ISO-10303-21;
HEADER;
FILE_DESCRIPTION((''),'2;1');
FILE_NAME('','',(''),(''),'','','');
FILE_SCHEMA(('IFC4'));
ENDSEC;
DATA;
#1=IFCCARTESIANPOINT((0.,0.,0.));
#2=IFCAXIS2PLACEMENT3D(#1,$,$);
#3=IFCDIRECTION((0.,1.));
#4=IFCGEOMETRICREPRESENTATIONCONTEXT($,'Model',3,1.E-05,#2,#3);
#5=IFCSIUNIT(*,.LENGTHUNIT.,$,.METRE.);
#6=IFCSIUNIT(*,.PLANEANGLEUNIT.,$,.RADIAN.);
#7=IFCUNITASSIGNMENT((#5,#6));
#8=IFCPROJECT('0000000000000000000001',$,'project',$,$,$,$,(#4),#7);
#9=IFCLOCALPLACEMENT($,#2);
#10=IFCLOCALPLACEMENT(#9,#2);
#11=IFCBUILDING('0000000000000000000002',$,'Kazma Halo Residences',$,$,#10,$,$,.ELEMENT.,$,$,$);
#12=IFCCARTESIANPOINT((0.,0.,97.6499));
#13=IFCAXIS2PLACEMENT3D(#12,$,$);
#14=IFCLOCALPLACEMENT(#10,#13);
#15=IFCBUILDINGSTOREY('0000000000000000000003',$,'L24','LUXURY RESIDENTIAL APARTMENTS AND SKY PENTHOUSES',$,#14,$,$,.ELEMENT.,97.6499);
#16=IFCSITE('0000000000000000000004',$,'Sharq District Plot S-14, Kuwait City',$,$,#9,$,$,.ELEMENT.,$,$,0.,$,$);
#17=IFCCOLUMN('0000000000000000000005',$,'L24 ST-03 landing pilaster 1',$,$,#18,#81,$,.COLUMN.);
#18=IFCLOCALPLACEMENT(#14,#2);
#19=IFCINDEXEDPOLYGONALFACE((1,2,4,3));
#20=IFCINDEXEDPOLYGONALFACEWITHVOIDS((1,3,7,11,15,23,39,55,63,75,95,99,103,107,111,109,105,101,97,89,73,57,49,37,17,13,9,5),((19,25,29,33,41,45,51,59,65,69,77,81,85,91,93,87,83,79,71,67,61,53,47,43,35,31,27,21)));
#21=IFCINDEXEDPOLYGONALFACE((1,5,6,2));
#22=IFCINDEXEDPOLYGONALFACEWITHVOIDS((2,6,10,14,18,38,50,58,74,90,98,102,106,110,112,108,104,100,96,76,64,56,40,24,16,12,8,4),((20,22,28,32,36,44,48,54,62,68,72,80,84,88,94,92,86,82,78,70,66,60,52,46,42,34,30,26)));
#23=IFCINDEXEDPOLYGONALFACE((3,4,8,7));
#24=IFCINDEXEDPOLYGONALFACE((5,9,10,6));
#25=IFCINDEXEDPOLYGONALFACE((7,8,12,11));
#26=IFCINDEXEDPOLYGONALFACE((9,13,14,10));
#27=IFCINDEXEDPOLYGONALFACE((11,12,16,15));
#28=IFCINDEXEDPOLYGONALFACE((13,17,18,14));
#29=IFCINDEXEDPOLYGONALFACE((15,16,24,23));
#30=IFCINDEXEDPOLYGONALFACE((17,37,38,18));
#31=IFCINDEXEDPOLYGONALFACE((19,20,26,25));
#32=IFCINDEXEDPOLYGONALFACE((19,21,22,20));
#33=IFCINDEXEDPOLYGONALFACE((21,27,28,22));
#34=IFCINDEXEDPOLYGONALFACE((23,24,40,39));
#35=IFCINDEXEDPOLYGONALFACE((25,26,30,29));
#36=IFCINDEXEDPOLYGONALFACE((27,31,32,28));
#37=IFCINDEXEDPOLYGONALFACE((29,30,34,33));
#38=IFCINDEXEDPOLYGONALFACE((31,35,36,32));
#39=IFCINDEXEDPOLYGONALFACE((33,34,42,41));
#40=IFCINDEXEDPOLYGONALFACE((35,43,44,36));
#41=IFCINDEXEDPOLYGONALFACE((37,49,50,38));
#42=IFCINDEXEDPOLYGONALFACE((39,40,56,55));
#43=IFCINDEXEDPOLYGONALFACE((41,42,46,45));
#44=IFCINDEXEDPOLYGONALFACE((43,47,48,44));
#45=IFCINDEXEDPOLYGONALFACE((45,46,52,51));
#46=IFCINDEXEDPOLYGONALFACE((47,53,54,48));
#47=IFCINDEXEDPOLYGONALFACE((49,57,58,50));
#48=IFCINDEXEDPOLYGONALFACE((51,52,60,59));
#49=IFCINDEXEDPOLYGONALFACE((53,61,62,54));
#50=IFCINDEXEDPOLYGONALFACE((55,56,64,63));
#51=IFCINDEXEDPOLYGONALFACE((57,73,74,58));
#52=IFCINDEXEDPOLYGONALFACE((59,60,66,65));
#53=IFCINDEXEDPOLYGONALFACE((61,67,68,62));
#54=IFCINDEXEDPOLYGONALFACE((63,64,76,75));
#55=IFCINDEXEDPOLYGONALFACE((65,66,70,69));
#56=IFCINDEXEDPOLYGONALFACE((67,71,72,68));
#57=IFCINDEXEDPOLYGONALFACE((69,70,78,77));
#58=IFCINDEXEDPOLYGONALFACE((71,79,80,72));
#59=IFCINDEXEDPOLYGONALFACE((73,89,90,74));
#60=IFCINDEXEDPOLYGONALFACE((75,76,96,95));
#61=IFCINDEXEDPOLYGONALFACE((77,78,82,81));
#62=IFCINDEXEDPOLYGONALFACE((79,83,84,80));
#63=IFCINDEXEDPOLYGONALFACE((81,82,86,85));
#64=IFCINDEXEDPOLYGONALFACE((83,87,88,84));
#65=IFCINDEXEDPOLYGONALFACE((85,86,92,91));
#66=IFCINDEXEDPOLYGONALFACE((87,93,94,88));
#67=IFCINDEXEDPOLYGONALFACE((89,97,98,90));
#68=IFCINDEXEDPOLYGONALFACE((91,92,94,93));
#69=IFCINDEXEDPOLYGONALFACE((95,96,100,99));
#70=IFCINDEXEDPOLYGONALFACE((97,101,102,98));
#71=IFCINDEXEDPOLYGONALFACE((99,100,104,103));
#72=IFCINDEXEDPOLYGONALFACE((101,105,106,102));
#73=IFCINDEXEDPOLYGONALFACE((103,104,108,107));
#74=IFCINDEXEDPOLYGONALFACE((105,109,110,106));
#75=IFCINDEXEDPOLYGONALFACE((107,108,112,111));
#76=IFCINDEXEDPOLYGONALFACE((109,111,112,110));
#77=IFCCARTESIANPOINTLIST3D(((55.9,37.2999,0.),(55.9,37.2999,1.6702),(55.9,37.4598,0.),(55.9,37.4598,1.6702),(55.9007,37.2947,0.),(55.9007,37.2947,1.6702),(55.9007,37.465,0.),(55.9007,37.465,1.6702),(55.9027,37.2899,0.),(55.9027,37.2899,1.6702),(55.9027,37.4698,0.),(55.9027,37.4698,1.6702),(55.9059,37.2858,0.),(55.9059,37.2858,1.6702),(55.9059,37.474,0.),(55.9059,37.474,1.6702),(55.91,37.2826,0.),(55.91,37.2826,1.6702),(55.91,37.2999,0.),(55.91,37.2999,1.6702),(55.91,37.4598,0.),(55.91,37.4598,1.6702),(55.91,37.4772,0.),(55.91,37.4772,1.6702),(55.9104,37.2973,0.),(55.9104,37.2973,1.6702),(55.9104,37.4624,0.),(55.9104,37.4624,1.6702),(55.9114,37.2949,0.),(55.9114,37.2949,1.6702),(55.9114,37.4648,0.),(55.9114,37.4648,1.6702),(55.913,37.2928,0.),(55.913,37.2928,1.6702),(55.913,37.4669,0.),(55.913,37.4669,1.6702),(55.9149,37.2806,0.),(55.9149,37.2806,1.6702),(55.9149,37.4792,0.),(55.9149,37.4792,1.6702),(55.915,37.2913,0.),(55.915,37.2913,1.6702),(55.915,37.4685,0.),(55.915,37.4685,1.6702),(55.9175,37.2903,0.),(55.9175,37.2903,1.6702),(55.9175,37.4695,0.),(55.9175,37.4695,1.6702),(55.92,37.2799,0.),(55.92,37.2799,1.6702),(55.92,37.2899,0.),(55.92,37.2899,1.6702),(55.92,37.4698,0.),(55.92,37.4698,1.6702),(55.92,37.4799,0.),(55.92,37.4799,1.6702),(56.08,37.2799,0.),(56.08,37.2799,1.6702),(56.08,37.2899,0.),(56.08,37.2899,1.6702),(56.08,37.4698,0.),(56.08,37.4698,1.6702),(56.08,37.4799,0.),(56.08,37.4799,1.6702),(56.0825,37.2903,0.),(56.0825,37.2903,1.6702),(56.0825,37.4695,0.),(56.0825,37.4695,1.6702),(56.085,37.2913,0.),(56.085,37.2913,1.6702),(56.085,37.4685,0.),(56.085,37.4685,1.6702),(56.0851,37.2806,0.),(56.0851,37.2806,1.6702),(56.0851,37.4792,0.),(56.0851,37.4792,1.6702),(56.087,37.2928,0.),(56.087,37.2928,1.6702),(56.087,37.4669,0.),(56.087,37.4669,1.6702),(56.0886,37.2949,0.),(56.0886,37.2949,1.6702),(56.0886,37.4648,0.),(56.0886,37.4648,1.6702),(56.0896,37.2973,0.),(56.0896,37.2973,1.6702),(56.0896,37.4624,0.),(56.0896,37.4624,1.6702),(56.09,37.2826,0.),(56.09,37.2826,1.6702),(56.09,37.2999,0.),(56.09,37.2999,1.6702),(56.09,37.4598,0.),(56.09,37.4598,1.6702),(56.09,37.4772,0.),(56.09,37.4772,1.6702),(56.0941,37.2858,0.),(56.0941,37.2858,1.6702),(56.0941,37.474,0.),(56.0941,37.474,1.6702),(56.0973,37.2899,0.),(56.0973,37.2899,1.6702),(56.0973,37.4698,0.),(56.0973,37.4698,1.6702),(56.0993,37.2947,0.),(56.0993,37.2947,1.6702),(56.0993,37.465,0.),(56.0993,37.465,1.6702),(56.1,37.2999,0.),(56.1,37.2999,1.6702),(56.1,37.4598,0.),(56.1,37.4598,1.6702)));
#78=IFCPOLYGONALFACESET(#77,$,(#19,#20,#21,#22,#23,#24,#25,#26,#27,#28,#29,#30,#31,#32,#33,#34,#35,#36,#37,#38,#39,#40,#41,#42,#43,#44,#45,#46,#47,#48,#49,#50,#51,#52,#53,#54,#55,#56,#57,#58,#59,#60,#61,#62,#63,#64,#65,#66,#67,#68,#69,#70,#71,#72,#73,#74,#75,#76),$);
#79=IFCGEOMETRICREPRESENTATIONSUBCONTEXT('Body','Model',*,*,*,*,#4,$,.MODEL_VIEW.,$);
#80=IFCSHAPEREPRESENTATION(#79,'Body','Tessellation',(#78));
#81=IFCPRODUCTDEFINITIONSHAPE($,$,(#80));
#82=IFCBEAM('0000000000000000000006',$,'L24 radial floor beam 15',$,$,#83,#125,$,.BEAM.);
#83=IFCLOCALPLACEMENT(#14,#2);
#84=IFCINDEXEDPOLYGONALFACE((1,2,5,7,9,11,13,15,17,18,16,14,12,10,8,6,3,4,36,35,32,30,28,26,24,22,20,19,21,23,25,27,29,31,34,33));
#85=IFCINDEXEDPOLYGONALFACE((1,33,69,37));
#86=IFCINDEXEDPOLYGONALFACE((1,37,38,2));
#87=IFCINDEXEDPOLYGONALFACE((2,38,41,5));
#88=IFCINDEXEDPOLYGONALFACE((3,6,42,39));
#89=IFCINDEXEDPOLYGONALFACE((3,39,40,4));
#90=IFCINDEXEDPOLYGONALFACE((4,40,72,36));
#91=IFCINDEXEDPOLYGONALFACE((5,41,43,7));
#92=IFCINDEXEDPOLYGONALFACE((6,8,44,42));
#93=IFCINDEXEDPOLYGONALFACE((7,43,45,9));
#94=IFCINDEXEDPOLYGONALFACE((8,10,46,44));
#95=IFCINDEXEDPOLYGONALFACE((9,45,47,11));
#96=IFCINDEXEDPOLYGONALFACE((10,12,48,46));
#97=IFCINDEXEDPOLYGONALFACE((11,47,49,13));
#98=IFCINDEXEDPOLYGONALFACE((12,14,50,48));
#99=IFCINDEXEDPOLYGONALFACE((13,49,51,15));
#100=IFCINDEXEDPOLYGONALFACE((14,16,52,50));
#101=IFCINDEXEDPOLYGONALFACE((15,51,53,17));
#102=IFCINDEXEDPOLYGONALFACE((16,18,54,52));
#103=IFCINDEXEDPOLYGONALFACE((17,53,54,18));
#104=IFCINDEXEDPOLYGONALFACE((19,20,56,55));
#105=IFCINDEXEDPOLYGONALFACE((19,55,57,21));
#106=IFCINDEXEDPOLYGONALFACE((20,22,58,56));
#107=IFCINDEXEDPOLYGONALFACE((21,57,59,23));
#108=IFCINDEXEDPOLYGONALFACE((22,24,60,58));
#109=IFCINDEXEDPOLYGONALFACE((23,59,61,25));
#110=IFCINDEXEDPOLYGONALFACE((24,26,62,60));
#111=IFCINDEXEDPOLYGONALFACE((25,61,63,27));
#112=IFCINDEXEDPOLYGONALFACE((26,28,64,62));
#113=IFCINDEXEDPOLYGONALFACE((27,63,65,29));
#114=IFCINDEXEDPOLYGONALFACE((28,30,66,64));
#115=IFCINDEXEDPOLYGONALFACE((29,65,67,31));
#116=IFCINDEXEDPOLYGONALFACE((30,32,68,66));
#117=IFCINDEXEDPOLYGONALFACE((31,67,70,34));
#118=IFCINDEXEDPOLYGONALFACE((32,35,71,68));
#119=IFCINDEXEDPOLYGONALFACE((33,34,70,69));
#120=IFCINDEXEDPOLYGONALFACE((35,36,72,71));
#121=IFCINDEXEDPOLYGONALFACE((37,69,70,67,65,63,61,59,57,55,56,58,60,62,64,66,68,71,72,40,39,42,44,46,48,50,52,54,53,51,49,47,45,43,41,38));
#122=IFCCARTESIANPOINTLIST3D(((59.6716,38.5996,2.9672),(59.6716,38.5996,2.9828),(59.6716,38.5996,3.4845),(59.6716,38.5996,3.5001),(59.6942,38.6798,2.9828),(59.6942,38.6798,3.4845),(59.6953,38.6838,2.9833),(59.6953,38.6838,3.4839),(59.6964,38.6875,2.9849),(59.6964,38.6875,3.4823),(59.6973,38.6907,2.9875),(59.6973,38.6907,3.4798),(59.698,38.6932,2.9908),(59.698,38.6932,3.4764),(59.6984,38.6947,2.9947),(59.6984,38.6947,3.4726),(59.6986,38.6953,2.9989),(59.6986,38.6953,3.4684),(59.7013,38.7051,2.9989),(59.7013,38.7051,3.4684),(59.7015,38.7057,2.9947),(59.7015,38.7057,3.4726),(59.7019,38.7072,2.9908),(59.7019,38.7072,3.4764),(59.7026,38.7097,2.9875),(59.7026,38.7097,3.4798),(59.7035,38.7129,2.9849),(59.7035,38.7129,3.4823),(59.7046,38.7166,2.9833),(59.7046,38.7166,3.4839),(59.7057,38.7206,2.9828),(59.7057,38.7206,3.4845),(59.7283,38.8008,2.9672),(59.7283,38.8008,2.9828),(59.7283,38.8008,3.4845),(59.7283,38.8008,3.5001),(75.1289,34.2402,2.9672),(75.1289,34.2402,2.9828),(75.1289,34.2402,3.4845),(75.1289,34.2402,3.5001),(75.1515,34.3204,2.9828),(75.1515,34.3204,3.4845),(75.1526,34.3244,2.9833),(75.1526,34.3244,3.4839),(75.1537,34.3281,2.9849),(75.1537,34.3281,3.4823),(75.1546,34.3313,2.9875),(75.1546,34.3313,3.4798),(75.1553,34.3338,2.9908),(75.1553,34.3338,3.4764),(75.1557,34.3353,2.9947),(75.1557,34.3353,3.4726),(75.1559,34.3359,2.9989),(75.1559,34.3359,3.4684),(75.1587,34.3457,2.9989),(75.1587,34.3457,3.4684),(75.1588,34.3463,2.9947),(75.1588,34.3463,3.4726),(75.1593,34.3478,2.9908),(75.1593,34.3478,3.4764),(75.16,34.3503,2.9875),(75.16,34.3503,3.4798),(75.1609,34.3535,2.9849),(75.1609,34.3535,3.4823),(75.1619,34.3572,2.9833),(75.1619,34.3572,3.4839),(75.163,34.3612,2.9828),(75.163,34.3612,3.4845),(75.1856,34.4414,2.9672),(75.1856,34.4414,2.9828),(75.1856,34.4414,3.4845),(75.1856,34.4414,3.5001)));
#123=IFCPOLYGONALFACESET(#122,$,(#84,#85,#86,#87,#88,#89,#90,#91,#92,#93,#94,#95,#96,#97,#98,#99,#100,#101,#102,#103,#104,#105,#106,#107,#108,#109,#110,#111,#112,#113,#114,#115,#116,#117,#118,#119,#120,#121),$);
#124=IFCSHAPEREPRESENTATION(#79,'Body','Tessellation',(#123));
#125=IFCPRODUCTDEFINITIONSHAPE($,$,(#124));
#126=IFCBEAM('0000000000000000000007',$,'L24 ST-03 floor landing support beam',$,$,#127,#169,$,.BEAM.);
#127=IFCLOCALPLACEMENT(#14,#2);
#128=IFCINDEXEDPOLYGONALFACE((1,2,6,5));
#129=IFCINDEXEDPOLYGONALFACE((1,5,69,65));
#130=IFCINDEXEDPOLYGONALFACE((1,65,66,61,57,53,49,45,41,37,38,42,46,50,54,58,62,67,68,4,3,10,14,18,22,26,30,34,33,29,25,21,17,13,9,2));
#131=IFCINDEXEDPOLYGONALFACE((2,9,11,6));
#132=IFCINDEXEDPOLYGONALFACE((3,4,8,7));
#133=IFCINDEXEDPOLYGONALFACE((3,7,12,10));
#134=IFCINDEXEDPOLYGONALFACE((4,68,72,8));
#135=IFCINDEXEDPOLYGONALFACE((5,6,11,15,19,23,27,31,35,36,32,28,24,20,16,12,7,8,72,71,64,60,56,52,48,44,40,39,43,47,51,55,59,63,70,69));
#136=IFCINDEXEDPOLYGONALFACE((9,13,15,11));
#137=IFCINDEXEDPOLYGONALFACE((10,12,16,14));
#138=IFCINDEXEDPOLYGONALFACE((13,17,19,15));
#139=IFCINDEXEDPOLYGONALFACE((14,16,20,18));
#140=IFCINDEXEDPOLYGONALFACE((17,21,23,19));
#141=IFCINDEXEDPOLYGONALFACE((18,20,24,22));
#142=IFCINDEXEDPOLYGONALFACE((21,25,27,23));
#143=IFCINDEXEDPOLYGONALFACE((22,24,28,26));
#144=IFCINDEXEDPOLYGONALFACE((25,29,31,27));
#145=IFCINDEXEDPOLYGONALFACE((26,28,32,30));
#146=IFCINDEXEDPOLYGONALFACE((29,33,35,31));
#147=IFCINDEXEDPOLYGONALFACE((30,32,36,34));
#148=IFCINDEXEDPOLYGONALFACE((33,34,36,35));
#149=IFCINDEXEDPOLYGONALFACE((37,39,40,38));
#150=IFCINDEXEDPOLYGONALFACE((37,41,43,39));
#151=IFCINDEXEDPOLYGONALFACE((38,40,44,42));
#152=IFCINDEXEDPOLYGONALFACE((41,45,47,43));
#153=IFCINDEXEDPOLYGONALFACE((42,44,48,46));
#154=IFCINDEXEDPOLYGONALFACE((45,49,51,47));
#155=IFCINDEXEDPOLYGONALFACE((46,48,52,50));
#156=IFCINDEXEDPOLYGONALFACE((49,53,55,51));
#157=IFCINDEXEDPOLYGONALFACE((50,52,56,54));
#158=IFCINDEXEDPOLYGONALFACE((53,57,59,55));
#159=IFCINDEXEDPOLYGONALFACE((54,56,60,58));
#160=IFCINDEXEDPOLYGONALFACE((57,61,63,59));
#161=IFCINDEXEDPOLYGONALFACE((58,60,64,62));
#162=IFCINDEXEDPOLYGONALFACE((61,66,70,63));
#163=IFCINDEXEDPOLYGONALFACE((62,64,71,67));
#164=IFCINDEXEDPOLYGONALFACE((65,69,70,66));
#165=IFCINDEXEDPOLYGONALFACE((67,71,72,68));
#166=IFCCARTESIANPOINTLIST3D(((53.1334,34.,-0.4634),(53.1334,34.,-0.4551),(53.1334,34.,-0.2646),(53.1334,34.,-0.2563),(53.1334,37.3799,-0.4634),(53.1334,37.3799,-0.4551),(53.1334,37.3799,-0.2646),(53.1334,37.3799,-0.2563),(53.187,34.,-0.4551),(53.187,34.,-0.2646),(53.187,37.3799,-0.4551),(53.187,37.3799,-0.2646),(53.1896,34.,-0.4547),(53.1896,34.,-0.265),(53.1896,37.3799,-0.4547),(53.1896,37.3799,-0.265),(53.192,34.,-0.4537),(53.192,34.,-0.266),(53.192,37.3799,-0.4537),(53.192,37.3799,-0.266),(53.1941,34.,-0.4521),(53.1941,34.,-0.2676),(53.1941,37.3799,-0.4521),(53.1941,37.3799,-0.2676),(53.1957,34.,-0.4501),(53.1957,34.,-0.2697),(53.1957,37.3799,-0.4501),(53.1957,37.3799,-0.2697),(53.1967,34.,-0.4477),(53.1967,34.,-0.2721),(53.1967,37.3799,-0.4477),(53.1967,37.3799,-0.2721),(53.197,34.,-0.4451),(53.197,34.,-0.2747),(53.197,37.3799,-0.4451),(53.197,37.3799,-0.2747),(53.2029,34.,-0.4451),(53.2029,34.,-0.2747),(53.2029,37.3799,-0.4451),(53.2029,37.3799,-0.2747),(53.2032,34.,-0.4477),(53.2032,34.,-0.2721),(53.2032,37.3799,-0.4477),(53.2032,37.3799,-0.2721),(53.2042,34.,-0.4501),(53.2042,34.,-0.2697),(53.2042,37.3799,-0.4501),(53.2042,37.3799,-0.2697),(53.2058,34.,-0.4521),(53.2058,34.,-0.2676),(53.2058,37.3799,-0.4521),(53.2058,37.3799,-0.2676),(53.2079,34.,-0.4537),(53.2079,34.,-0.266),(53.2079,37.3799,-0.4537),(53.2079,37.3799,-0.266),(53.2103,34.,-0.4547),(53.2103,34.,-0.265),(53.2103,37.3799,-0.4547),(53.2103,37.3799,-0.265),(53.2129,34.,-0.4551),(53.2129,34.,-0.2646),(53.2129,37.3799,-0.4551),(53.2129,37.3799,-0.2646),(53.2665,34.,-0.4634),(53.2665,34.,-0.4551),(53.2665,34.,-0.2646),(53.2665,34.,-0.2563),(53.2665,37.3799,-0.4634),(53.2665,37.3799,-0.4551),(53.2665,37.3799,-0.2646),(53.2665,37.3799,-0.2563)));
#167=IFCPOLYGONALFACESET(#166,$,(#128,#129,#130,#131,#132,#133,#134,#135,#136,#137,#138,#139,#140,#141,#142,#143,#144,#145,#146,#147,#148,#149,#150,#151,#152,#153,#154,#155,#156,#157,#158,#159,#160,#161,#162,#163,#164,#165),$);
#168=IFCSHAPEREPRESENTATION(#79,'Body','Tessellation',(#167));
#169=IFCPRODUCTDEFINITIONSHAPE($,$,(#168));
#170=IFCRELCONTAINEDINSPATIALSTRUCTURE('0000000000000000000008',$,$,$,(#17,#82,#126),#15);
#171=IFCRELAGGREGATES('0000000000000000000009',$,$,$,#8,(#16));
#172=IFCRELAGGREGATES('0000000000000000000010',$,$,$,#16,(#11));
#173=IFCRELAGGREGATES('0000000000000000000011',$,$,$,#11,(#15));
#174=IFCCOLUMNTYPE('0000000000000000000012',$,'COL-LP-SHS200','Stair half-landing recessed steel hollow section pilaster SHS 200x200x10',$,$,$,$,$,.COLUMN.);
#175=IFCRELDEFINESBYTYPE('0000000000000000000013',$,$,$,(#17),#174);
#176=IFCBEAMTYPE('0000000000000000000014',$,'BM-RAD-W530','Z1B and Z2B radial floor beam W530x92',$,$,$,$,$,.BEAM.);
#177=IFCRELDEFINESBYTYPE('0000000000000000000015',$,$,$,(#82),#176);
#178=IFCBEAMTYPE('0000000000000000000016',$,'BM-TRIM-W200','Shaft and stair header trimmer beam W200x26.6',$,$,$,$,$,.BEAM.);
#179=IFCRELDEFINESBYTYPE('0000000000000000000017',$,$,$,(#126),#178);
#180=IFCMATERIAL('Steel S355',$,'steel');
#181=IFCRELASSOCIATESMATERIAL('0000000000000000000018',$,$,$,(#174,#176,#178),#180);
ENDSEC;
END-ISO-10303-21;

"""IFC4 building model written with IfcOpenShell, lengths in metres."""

from ifc_helpers import new_model, si_unit, direction, frame, origin, origin_2d, place, context, subcontext, project, spatial, hollow_rectangle, i_section, extrude, material, material_profile, profile_set, type_object, element, save


model = new_model("IFC4")

# Units and contexts
model_context = context("Model", 3, precision=1e-05, world=origin(), true_north=direction((0.0, 1.0)))
body_context = subcontext(model_context, "Body", "Model", "MODEL_VIEW")
ifc_project = project(units=[si_unit("LENGTHUNIT", "METRE"), si_unit("PLANEANGLEUNIT", "RADIAN")], contexts=[model_context])

# Site, building, storey
site_placement = place(None, origin())
site = spatial("IfcSite", under=ifc_project, at=site_placement, Name="Sharq District Plot S-14, Kuwait City", CompositionType="ELEMENT", RefElevation=0.0)
building_placement = place(site_placement, origin())
building = spatial("IfcBuilding", under=site, at=building_placement, Name="Kazma Halo Residences", CompositionType="ELEMENT")
storey_placement = place(building_placement, frame((0.0, 0.0, 97.6499)))
storey = spatial("IfcBuildingStorey", under=building, at=storey_placement, Name="L24", Description="LUXURY RESIDENTIAL APARTMENTS AND SKY PENTHOUSES", CompositionType="ELEMENT", Elevation=97.6499)

# Column
ifc_material_1 = material(Name="Steel S355", Category="steel")
ifc_material_profile_1 = material_profile(ifc_material_1, hollow_rectangle(XDim=0.2, YDim=0.2, WallThickness=0.01, InnerFilletRadius=0.01, OuterFilletRadius=0.02, at=origin_2d()), Name="SHS200x200x10")
ifc_profile_set_1 = profile_set([ifc_material_profile_1], Name="Steel S355")
column_type = type_object("IfcColumnType", Name="COL-LP-SHS200", Description="Stair half-landing recessed steel hollow section pilaster SHS 200x200x10", PredefinedType="COLUMN", material=ifc_profile_set_1)
column_placement = place(storey_placement, frame((56.0, 37.3799, 0.0), z_axis=(0.0, 0.0, 1.0), x_axis=(1.0, 0.0, 0.0)))
element("IfcColumn", 1, at=column_placement, inside=storey, type_object=column_type, Name="L24 ST-03 landing pilaster 1", PredefinedType="COLUMN", context=body_context, shape_type="SweptSolid", body=[
    extrude(hollow_rectangle(XDim=0.2, YDim=0.2, WallThickness=0.01, InnerFilletRadius=0.01, OuterFilletRadius=0.02, at=origin_2d()), origin(), (0.0, 0.0, 1.0), 1.6702),
])

# Beams
ifc_material_profile_2 = material_profile(ifc_material_1, i_section(OverallWidth=0.209, OverallDepth=0.533, WebThickness=0.0103, FlangeThickness=0.0156, FilletRadius=0.0161, at=origin_2d()), Name="W530x92")
ifc_profile_set_2 = profile_set([ifc_material_profile_2], Name="Steel S355")
beam_type_1 = type_object("IfcBeamType", Name="BM-RAD-W530", Description="Z1B and Z2B radial floor beam W530x92", PredefinedType="BEAM", material=ifc_profile_set_2)
beam_1_placement = place(storey_placement, frame((59.7, 38.7002, 3.2336), z_axis=(0.962456, -0.271439, 0.0), x_axis=(0.271439, 0.962456, 0.0)))
element("IfcBeam", 2, at=beam_1_placement, inside=storey, type_object=beam_type_1, Name="L24 radial floor beam 15", PredefinedType="BEAM", context=body_context, shape_type="SweptSolid", body=[
    extrude(i_section(OverallWidth=0.209, OverallDepth=0.533, WebThickness=0.0103, FlangeThickness=0.0156, FilletRadius=0.0161, at=origin_2d()), origin(), (0.0, 0.0, 1.0), 16.0603),
])
ifc_material_profile_3 = material_profile(ifc_material_1, i_section(OverallWidth=0.1331, OverallDepth=0.207, WebThickness=0.0059, FlangeThickness=0.0083, FilletRadius=0.01, at=origin_2d()), Name="W200x26.6")
ifc_profile_set_3 = profile_set([ifc_material_profile_3], Name="Steel S355")
beam_type_2 = type_object("IfcBeamType", Name="BM-TRIM-W200", Description="Shaft and stair header trimmer beam W200x26.6", PredefinedType="BEAM", material=ifc_profile_set_3)
beam_2_placement = place(storey_placement, frame((53.2, 34.0, -0.3599), z_axis=(0.0, 1.0, 0.0), x_axis=(-1.0, 0.0, 0.0)))
element("IfcBeam", 3, at=beam_2_placement, inside=storey, type_object=beam_type_2, Name="L24 ST-03 floor landing support beam", PredefinedType="BEAM", context=body_context, shape_type="SweptSolid", body=[
    extrude(i_section(OverallWidth=0.1331, OverallDepth=0.207, WebThickness=0.0059, FlangeThickness=0.0083, FilletRadius=0.01, at=origin_2d()), origin(), (0.0, 0.0, 1.0), 3.3799),
])

save(model, "model.ifc")
